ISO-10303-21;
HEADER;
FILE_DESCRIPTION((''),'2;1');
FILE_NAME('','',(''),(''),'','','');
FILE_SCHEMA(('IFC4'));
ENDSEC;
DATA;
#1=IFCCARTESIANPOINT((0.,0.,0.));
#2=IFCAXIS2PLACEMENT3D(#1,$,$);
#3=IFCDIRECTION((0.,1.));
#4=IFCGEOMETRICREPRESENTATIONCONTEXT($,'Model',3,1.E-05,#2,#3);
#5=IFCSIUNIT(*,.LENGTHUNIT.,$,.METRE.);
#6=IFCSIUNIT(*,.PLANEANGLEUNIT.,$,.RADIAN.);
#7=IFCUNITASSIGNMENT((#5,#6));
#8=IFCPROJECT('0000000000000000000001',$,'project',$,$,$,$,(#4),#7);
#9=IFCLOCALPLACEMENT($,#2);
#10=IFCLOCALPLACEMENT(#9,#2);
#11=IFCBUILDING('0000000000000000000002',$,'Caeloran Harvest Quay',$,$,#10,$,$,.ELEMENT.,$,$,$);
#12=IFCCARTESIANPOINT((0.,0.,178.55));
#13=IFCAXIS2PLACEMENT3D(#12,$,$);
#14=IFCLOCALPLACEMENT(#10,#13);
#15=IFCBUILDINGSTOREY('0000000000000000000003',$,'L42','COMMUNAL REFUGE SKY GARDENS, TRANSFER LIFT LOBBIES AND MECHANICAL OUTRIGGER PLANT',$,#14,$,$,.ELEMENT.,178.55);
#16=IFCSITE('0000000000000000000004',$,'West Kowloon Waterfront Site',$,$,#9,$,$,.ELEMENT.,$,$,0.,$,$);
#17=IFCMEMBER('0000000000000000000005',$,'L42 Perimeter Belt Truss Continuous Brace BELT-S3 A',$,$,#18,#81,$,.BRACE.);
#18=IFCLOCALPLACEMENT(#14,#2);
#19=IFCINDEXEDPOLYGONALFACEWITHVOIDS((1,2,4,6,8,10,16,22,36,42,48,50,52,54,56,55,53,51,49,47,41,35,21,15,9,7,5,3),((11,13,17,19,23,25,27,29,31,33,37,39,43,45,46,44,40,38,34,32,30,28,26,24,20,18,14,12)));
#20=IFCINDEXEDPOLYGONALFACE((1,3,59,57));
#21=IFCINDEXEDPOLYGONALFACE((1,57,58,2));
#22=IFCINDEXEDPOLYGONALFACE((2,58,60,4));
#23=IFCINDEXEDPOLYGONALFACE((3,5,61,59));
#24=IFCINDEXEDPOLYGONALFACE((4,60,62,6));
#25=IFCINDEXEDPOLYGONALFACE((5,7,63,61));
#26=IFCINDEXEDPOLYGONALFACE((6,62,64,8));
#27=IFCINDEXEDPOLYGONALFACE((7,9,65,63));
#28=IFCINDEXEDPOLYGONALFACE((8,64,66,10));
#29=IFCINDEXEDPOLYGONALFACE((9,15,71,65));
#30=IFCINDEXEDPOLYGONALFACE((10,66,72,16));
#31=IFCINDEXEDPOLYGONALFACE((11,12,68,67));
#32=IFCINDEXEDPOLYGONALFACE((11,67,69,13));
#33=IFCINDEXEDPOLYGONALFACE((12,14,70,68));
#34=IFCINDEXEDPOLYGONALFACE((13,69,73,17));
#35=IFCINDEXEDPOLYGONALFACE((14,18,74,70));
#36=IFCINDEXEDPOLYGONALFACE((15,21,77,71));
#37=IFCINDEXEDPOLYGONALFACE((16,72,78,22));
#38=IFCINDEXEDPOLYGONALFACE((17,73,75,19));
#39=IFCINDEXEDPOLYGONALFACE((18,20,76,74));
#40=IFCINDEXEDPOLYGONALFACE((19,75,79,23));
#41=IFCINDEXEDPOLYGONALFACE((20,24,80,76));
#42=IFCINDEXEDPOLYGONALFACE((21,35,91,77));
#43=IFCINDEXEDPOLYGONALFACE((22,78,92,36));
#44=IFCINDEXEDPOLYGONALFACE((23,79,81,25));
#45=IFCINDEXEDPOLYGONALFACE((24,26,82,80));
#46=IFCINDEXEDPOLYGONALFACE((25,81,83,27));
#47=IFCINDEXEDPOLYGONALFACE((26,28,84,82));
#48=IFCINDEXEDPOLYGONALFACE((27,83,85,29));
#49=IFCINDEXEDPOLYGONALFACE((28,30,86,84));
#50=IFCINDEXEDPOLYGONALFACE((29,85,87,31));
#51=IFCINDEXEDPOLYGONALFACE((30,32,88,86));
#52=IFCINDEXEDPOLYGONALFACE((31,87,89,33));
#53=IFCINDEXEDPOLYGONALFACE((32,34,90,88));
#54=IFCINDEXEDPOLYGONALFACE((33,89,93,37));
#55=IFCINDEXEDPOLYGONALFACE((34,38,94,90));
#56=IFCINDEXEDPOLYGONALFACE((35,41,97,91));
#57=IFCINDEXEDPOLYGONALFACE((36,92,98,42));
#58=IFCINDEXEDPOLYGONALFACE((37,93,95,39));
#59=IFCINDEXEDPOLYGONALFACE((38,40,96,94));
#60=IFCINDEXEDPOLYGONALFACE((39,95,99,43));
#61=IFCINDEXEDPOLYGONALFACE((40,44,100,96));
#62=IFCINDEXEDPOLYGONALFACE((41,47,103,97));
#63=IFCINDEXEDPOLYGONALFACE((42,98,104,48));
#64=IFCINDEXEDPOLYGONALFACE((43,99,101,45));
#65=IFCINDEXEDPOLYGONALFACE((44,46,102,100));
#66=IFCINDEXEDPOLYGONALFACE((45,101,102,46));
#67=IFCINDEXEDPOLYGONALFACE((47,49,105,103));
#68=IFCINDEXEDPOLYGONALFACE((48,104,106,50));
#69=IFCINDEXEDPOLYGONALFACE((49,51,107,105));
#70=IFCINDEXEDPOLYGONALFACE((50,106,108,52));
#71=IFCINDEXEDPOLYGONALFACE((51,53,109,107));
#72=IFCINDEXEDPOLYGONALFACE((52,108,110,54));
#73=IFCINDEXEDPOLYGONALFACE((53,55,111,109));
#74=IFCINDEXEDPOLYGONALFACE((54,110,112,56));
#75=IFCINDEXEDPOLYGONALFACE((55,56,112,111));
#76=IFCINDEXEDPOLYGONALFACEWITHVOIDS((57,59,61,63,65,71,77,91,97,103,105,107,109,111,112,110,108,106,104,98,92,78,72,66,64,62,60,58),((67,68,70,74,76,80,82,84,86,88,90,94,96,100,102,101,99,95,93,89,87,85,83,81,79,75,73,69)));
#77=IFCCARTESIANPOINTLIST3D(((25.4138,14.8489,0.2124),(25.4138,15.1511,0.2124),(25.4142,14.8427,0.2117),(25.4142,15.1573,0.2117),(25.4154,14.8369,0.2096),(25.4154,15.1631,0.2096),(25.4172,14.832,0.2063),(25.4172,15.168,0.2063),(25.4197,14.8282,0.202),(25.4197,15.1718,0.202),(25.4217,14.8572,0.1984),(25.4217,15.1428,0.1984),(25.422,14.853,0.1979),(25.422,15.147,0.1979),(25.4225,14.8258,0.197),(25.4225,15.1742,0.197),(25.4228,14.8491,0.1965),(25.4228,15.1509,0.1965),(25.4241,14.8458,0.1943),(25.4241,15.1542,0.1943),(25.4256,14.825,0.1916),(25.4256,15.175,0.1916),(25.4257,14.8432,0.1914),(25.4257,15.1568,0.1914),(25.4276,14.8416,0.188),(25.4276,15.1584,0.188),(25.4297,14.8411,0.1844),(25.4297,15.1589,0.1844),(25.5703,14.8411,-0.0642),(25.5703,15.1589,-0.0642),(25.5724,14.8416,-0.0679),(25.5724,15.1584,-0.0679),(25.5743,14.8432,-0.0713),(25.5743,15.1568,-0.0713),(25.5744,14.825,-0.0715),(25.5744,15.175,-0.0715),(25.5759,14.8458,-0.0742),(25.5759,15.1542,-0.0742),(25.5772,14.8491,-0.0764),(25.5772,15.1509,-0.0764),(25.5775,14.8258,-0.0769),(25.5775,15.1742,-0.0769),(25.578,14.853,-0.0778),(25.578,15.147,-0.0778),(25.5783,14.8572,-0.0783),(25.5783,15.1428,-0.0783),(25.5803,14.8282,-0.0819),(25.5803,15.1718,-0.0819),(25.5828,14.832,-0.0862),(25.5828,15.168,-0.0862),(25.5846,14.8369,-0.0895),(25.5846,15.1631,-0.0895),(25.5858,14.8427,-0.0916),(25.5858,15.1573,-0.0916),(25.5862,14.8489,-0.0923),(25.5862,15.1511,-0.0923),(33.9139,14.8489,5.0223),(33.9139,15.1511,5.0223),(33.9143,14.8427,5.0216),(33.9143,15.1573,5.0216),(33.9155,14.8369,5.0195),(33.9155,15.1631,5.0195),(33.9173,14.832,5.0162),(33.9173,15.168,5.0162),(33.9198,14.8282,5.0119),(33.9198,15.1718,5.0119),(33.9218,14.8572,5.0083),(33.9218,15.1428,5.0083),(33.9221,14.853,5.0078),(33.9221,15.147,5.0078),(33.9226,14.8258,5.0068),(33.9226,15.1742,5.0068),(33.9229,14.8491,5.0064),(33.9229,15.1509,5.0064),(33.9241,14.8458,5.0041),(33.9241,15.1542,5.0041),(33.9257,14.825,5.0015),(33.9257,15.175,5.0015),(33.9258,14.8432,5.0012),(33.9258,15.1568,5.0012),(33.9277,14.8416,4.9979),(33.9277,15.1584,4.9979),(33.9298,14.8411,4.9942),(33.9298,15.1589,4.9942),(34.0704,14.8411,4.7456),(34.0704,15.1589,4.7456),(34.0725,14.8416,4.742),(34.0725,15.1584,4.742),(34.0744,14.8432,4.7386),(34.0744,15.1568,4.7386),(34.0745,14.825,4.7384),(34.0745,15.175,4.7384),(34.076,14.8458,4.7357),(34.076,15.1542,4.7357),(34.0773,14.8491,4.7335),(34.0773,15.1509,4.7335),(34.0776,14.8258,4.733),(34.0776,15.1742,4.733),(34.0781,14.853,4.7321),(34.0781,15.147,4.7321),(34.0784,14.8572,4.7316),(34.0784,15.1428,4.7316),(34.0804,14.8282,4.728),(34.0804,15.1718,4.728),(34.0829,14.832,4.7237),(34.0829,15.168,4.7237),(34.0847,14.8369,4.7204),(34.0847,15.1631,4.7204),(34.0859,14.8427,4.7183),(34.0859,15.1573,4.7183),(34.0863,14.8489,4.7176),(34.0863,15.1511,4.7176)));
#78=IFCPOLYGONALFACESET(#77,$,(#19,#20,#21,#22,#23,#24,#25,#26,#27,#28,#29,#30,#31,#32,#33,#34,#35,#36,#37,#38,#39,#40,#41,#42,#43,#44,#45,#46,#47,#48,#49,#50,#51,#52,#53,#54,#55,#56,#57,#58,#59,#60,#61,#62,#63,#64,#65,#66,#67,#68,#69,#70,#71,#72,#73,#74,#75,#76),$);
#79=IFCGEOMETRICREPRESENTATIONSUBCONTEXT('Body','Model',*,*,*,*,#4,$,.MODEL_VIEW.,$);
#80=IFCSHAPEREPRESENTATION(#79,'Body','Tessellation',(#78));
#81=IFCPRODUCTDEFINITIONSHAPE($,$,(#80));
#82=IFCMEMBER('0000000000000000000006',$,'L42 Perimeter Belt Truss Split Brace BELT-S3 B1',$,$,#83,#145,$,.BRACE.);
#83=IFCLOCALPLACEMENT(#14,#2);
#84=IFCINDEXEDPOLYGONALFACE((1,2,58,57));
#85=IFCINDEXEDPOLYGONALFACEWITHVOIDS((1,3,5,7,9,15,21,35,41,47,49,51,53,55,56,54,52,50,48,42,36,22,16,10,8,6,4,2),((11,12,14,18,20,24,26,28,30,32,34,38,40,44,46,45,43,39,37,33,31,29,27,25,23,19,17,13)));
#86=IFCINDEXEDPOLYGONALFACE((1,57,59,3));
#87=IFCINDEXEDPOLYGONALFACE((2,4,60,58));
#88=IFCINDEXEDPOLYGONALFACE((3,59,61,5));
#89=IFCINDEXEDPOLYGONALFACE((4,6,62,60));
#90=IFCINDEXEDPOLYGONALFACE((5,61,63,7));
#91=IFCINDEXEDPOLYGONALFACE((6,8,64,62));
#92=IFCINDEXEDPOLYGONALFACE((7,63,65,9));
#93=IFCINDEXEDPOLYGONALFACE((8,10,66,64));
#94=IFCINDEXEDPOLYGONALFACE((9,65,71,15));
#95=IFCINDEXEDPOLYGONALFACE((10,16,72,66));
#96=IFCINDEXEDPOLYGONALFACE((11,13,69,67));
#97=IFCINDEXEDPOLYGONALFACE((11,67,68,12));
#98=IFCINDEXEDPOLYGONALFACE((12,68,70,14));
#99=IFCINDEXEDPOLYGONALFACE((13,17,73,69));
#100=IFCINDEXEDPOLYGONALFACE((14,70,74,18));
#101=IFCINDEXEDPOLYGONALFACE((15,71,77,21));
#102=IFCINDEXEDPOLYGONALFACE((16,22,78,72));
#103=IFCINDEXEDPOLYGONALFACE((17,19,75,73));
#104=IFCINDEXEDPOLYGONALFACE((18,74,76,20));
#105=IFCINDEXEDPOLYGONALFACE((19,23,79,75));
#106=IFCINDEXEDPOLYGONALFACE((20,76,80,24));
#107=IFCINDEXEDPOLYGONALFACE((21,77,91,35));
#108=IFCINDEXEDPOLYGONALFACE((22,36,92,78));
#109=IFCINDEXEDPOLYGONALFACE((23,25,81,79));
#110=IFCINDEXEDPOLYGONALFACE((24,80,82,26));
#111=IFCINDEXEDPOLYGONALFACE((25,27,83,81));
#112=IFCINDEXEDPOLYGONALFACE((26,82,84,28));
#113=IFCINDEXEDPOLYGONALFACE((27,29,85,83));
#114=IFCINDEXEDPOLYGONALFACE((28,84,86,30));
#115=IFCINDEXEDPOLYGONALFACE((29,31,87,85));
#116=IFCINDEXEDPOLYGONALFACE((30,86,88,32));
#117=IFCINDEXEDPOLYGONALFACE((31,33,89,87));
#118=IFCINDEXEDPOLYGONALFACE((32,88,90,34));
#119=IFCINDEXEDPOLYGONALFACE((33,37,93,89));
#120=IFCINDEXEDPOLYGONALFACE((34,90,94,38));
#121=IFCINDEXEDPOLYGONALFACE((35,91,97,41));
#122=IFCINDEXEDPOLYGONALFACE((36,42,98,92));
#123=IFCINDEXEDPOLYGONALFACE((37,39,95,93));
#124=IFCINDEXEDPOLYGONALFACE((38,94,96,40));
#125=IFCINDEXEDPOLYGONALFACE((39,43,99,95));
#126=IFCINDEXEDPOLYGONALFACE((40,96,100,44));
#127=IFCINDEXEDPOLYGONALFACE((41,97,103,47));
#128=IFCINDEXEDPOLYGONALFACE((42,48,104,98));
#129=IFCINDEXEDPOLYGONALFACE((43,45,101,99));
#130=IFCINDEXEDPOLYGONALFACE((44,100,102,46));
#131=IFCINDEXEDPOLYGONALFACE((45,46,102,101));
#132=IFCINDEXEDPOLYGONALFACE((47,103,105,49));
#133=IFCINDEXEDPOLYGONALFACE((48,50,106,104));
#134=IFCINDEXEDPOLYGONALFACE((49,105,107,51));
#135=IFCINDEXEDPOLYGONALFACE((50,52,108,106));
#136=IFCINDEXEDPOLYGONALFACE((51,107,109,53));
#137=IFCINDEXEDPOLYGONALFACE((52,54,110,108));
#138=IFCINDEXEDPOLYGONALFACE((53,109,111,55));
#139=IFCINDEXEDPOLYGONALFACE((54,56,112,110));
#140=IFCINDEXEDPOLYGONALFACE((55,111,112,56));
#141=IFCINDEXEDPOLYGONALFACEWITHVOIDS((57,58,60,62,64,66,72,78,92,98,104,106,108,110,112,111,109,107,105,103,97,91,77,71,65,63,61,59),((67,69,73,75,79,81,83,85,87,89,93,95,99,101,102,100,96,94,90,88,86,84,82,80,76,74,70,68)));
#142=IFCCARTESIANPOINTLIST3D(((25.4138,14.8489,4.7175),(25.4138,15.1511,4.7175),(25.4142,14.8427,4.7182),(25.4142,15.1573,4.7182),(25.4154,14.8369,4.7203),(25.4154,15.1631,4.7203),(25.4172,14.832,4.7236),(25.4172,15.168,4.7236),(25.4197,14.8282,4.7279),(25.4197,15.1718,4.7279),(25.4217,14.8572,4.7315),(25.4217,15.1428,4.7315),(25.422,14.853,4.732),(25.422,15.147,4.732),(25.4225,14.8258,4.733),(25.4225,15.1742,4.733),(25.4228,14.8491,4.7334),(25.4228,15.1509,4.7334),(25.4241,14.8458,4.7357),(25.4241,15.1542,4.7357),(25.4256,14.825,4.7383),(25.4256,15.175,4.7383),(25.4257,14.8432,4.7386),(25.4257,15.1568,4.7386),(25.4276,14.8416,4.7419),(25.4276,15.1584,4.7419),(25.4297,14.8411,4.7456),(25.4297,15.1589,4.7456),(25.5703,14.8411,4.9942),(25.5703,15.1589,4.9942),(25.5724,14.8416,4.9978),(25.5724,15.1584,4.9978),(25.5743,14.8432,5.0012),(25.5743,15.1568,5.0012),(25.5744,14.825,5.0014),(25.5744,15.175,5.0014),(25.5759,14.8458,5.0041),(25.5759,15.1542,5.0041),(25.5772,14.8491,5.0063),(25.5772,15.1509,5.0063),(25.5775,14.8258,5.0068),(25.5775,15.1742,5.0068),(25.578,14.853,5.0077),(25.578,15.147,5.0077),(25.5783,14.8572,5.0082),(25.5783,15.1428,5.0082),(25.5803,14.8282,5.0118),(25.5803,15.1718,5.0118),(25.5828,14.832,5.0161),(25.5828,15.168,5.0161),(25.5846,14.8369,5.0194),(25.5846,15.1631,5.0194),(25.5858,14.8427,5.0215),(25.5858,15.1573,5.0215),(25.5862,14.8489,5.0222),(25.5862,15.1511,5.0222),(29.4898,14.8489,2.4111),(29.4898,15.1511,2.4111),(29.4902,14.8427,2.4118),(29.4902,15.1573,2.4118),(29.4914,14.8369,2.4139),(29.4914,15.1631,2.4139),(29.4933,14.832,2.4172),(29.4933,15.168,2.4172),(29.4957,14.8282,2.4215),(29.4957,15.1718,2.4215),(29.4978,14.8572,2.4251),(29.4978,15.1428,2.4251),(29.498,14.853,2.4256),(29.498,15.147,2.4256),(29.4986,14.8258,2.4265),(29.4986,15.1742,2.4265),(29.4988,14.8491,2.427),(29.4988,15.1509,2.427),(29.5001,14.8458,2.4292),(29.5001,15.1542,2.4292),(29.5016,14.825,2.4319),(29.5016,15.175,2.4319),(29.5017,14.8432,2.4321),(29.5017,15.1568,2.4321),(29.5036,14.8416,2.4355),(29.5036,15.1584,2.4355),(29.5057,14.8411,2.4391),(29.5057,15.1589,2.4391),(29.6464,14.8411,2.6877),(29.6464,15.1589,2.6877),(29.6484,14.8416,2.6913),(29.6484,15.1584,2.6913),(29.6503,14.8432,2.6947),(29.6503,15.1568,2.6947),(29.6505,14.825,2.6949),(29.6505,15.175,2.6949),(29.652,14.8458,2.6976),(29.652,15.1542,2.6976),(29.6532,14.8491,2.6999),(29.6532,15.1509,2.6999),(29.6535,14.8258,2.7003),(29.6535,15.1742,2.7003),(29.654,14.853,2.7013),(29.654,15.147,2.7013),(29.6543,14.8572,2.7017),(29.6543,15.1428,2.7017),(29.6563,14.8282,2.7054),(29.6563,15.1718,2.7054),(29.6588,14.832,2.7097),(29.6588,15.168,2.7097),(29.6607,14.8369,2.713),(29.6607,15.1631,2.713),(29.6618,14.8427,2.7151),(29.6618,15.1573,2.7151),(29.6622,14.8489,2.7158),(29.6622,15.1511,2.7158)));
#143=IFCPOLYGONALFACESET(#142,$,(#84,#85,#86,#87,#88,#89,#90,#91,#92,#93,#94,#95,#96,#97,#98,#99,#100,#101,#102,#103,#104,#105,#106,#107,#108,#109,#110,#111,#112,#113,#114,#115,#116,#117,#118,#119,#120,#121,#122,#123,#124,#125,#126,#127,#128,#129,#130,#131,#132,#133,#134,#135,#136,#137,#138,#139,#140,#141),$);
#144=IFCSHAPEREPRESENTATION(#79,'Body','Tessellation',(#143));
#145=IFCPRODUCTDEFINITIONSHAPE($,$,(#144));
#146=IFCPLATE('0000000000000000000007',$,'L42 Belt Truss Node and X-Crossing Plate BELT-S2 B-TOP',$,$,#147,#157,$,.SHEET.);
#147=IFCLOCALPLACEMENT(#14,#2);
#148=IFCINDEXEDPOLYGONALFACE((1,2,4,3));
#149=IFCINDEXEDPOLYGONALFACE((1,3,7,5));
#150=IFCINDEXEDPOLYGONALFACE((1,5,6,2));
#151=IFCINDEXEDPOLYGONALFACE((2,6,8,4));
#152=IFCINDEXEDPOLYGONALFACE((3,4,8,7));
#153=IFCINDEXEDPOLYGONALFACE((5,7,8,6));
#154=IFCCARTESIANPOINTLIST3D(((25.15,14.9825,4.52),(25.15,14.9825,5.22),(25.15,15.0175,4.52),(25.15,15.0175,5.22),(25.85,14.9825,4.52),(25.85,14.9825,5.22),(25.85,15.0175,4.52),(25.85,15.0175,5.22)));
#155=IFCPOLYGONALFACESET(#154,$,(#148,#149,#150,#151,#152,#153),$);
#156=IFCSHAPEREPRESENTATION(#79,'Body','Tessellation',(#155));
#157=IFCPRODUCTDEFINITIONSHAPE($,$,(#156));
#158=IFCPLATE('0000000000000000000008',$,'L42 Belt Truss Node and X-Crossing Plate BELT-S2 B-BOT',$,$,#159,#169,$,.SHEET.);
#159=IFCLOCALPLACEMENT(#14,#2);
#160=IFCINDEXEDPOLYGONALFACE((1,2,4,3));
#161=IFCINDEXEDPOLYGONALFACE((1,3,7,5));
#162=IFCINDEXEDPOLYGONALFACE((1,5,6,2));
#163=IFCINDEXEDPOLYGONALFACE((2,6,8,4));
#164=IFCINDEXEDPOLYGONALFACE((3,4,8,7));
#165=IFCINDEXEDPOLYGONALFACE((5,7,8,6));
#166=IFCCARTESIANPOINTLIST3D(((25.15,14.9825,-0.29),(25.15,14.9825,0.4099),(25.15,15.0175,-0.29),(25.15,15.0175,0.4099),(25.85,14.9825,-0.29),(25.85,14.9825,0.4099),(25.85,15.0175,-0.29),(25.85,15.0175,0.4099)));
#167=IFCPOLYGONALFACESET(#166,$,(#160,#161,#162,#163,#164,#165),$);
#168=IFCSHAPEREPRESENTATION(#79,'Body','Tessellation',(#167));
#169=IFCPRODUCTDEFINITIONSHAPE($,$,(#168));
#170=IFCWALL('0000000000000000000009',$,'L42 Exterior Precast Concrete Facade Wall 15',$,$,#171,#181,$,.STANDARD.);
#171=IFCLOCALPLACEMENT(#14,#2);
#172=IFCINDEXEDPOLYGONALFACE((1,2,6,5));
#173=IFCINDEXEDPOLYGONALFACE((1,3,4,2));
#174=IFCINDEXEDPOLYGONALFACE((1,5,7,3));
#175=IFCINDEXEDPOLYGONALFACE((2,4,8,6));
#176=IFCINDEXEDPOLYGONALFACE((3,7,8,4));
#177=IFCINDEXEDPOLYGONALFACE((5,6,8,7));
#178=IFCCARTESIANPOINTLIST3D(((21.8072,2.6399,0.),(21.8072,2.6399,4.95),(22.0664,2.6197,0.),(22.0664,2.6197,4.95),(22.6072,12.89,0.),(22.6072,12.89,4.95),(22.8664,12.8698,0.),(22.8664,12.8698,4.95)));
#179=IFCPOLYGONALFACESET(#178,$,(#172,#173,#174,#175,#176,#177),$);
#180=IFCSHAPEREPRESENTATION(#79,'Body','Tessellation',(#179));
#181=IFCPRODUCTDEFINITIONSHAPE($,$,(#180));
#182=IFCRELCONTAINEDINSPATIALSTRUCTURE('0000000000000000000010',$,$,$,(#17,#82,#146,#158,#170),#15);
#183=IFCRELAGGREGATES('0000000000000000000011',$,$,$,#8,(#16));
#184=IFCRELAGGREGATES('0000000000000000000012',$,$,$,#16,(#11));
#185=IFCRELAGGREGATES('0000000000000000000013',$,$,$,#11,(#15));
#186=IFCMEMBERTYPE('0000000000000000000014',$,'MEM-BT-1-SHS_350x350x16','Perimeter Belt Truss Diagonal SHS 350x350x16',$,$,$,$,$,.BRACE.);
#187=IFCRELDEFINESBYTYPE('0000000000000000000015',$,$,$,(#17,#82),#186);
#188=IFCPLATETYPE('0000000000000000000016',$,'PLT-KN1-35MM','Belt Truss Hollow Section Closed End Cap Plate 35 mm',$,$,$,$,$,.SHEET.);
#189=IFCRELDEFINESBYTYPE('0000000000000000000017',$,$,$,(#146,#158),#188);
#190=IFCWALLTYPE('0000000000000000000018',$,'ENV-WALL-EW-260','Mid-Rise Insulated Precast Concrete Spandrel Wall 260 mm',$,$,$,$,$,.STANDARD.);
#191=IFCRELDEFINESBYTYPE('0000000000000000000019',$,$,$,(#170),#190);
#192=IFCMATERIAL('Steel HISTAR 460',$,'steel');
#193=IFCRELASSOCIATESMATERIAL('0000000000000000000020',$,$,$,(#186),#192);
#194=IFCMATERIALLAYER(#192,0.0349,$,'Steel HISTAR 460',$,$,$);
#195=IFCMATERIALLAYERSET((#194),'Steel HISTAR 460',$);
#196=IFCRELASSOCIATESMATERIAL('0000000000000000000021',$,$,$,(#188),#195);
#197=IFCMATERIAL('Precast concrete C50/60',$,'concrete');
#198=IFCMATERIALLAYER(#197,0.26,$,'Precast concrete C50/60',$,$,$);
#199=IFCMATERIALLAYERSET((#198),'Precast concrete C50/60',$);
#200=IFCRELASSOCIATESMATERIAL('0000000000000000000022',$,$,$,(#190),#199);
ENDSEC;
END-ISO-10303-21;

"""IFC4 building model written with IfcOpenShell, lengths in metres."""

from ifc_helpers import new_model, si_unit, direction, frame, frame_2d, origin, origin_2d, place, context, subcontext, project, spatial, rectangle, hollow_rectangle, extrude, material, layer, layer_set, material_profile, profile_set, type_object, element, save


model = new_model("IFC4")

# Units and contexts
model_context = context("Model", 3, precision=1e-05, world=origin(), true_north=direction((0.0, 1.0)))
body_context = subcontext(model_context, "Body", "Model", "MODEL_VIEW")
ifc_project = project(units=[si_unit("LENGTHUNIT", "METRE"), si_unit("PLANEANGLEUNIT", "RADIAN")], contexts=[model_context])

# Site, building, storey
site_placement = place(None, origin())
site = spatial("IfcSite", under=ifc_project, at=site_placement, Name="West Kowloon Waterfront Site", CompositionType="ELEMENT", RefElevation=0.0)
building_placement = place(site_placement, origin())
building = spatial("IfcBuilding", under=site, at=building_placement, Name="Caeloran Harvest Quay", CompositionType="ELEMENT")
storey_placement = place(building_placement, frame((0.0, 0.0, 178.55)))
storey = spatial("IfcBuildingStorey", under=building, at=storey_placement, Name="L42", Description="COMMUNAL REFUGE SKY GARDENS, TRANSFER LIFT LOBBIES AND MECHANICAL OUTRIGGER PLANT", CompositionType="ELEMENT", Elevation=178.55)

# Shared definitions
ifc_material_1 = material(Name="Steel HISTAR 460", Category="steel")

# Members
ifc_material_profile_1 = material_profile(ifc_material_1, hollow_rectangle(XDim=0.3501, YDim=0.3501, WallThickness=0.0161, InnerFilletRadius=0.0161, OuterFilletRadius=0.0239, at=origin_2d()), Name="SHS 350x350x16")
ifc_profile_set_1 = profile_set([ifc_material_profile_1], Name="Steel HISTAR 460")
member_type = type_object("IfcMemberType", Name="MEM-BT-1-SHS_350x350x16", Description="Perimeter Belt Truss Diagonal SHS 350x350x16", PredefinedType="BRACE", material=ifc_profile_set_1)
member_1_placement = place(storey_placement, frame((25.5, 15.0, 0.0601), z_axis=(0.870323, 0.0, 0.492481), x_axis=(0.0, 1.0, 0.0)))
element("IfcMember", 1, at=member_1_placement, inside=storey, type_object=member_type, Name="L42 Perimeter Belt Truss Continuous Brace BELT-S3 A", PredefinedType="BRACE", context=body_context, shape_type="SweptSolid", body=[
    extrude(hollow_rectangle(XDim=0.3501, YDim=0.3501, WallThickness=0.0161, InnerFilletRadius=0.0161, OuterFilletRadius=0.0239, at=origin_2d()), origin(), (0.0, 0.0, 1.0), 9.7666),
])
member_2_placement = place(storey_placement, frame((25.5, 15.0, 4.8699), z_axis=(0.870324, 0.0, -0.49248), x_axis=(0.0, 1.0, 0.0)))
element("IfcMember", 2, at=member_2_placement, inside=storey, type_object=member_type, Name="L42 Perimeter Belt Truss Split Brace BELT-S3 B1", PredefinedType="BRACE", context=body_context, shape_type="SweptSolid", body=[
    extrude(hollow_rectangle(XDim=0.3501, YDim=0.3501, WallThickness=0.0161, InnerFilletRadius=0.0161, OuterFilletRadius=0.0239, at=origin_2d()), origin(), (0.0, 0.0, 1.0), 4.6833),
])

# Plates
ifc_layer_1 = layer(ifc_material_1, 0.0349, Name="Steel HISTAR 460")
ifc_layer_set_1 = layer_set([ifc_layer_1], Name="Steel HISTAR 460")
plate_type = type_object("IfcPlateType", Name="PLT-KN1-35MM", Description="Belt Truss Hollow Section Closed End Cap Plate 35 mm", PredefinedType="SHEET", material=ifc_layer_set_1)
for number, where, z_axis, x_axis, name in (
    (3, (25.5, 15.0, 4.52), (0.0, 0.0, 1.0), (1.0, 0.0, 0.0), "L42 Belt Truss Node and X-Crossing Plate BELT-S2 B-TOP"),
    (4, (25.5, 15.0, -0.29), (0.0, 0.0, 1.0), (1.0, 0.0, 0.0), "L42 Belt Truss Node and X-Crossing Plate BELT-S2 B-BOT"),
):
    element("IfcPlate", number, at=place(storey_placement, frame(where, z_axis=z_axis, x_axis=x_axis)), inside=storey, type_object=plate_type, Name=name, PredefinedType="SHEET", context=body_context, shape_type="SweptSolid", body=[
        extrude(rectangle(XDim=0.7, YDim=0.0349, at=origin_2d()), origin(), (0.0, 0.0, 1.0), 0.7),
    ])

# Wall
ifc_material_2 = material(Name="Precast concrete C50/60", Category="concrete")
ifc_layer_2 = layer(ifc_material_2, 0.26, Name="Precast concrete C50/60")
ifc_layer_set_2 = layer_set([ifc_layer_2], Name="Precast concrete C50/60")
wall_type = type_object("IfcWallType", Name="ENV-WALL-EW-260", Description="Mid-Rise Insulated Precast Concrete Spandrel Wall 260 mm", PredefinedType="STANDARD", material=ifc_layer_set_2)
wall_placement = place(storey_placement, frame((22.7368, 12.8799, 0.0), z_axis=(0.0, 0.0, 1.0), x_axis=(-0.077817, -0.996968, 0.0)))
element("IfcWall", 5, at=wall_placement, inside=storey, type_object=wall_type, Name="L42 Exterior Precast Concrete Facade Wall 15", PredefinedType="STANDARD", context=body_context, shape_type="SweptSolid", body=[
    extrude(rectangle(XDim=10.2812, YDim=0.26, at=frame_2d((5.1406, 0.0))), origin(), (0.0, 0.0, 1.0), 4.95),
])

save(model, "model.ifc")
